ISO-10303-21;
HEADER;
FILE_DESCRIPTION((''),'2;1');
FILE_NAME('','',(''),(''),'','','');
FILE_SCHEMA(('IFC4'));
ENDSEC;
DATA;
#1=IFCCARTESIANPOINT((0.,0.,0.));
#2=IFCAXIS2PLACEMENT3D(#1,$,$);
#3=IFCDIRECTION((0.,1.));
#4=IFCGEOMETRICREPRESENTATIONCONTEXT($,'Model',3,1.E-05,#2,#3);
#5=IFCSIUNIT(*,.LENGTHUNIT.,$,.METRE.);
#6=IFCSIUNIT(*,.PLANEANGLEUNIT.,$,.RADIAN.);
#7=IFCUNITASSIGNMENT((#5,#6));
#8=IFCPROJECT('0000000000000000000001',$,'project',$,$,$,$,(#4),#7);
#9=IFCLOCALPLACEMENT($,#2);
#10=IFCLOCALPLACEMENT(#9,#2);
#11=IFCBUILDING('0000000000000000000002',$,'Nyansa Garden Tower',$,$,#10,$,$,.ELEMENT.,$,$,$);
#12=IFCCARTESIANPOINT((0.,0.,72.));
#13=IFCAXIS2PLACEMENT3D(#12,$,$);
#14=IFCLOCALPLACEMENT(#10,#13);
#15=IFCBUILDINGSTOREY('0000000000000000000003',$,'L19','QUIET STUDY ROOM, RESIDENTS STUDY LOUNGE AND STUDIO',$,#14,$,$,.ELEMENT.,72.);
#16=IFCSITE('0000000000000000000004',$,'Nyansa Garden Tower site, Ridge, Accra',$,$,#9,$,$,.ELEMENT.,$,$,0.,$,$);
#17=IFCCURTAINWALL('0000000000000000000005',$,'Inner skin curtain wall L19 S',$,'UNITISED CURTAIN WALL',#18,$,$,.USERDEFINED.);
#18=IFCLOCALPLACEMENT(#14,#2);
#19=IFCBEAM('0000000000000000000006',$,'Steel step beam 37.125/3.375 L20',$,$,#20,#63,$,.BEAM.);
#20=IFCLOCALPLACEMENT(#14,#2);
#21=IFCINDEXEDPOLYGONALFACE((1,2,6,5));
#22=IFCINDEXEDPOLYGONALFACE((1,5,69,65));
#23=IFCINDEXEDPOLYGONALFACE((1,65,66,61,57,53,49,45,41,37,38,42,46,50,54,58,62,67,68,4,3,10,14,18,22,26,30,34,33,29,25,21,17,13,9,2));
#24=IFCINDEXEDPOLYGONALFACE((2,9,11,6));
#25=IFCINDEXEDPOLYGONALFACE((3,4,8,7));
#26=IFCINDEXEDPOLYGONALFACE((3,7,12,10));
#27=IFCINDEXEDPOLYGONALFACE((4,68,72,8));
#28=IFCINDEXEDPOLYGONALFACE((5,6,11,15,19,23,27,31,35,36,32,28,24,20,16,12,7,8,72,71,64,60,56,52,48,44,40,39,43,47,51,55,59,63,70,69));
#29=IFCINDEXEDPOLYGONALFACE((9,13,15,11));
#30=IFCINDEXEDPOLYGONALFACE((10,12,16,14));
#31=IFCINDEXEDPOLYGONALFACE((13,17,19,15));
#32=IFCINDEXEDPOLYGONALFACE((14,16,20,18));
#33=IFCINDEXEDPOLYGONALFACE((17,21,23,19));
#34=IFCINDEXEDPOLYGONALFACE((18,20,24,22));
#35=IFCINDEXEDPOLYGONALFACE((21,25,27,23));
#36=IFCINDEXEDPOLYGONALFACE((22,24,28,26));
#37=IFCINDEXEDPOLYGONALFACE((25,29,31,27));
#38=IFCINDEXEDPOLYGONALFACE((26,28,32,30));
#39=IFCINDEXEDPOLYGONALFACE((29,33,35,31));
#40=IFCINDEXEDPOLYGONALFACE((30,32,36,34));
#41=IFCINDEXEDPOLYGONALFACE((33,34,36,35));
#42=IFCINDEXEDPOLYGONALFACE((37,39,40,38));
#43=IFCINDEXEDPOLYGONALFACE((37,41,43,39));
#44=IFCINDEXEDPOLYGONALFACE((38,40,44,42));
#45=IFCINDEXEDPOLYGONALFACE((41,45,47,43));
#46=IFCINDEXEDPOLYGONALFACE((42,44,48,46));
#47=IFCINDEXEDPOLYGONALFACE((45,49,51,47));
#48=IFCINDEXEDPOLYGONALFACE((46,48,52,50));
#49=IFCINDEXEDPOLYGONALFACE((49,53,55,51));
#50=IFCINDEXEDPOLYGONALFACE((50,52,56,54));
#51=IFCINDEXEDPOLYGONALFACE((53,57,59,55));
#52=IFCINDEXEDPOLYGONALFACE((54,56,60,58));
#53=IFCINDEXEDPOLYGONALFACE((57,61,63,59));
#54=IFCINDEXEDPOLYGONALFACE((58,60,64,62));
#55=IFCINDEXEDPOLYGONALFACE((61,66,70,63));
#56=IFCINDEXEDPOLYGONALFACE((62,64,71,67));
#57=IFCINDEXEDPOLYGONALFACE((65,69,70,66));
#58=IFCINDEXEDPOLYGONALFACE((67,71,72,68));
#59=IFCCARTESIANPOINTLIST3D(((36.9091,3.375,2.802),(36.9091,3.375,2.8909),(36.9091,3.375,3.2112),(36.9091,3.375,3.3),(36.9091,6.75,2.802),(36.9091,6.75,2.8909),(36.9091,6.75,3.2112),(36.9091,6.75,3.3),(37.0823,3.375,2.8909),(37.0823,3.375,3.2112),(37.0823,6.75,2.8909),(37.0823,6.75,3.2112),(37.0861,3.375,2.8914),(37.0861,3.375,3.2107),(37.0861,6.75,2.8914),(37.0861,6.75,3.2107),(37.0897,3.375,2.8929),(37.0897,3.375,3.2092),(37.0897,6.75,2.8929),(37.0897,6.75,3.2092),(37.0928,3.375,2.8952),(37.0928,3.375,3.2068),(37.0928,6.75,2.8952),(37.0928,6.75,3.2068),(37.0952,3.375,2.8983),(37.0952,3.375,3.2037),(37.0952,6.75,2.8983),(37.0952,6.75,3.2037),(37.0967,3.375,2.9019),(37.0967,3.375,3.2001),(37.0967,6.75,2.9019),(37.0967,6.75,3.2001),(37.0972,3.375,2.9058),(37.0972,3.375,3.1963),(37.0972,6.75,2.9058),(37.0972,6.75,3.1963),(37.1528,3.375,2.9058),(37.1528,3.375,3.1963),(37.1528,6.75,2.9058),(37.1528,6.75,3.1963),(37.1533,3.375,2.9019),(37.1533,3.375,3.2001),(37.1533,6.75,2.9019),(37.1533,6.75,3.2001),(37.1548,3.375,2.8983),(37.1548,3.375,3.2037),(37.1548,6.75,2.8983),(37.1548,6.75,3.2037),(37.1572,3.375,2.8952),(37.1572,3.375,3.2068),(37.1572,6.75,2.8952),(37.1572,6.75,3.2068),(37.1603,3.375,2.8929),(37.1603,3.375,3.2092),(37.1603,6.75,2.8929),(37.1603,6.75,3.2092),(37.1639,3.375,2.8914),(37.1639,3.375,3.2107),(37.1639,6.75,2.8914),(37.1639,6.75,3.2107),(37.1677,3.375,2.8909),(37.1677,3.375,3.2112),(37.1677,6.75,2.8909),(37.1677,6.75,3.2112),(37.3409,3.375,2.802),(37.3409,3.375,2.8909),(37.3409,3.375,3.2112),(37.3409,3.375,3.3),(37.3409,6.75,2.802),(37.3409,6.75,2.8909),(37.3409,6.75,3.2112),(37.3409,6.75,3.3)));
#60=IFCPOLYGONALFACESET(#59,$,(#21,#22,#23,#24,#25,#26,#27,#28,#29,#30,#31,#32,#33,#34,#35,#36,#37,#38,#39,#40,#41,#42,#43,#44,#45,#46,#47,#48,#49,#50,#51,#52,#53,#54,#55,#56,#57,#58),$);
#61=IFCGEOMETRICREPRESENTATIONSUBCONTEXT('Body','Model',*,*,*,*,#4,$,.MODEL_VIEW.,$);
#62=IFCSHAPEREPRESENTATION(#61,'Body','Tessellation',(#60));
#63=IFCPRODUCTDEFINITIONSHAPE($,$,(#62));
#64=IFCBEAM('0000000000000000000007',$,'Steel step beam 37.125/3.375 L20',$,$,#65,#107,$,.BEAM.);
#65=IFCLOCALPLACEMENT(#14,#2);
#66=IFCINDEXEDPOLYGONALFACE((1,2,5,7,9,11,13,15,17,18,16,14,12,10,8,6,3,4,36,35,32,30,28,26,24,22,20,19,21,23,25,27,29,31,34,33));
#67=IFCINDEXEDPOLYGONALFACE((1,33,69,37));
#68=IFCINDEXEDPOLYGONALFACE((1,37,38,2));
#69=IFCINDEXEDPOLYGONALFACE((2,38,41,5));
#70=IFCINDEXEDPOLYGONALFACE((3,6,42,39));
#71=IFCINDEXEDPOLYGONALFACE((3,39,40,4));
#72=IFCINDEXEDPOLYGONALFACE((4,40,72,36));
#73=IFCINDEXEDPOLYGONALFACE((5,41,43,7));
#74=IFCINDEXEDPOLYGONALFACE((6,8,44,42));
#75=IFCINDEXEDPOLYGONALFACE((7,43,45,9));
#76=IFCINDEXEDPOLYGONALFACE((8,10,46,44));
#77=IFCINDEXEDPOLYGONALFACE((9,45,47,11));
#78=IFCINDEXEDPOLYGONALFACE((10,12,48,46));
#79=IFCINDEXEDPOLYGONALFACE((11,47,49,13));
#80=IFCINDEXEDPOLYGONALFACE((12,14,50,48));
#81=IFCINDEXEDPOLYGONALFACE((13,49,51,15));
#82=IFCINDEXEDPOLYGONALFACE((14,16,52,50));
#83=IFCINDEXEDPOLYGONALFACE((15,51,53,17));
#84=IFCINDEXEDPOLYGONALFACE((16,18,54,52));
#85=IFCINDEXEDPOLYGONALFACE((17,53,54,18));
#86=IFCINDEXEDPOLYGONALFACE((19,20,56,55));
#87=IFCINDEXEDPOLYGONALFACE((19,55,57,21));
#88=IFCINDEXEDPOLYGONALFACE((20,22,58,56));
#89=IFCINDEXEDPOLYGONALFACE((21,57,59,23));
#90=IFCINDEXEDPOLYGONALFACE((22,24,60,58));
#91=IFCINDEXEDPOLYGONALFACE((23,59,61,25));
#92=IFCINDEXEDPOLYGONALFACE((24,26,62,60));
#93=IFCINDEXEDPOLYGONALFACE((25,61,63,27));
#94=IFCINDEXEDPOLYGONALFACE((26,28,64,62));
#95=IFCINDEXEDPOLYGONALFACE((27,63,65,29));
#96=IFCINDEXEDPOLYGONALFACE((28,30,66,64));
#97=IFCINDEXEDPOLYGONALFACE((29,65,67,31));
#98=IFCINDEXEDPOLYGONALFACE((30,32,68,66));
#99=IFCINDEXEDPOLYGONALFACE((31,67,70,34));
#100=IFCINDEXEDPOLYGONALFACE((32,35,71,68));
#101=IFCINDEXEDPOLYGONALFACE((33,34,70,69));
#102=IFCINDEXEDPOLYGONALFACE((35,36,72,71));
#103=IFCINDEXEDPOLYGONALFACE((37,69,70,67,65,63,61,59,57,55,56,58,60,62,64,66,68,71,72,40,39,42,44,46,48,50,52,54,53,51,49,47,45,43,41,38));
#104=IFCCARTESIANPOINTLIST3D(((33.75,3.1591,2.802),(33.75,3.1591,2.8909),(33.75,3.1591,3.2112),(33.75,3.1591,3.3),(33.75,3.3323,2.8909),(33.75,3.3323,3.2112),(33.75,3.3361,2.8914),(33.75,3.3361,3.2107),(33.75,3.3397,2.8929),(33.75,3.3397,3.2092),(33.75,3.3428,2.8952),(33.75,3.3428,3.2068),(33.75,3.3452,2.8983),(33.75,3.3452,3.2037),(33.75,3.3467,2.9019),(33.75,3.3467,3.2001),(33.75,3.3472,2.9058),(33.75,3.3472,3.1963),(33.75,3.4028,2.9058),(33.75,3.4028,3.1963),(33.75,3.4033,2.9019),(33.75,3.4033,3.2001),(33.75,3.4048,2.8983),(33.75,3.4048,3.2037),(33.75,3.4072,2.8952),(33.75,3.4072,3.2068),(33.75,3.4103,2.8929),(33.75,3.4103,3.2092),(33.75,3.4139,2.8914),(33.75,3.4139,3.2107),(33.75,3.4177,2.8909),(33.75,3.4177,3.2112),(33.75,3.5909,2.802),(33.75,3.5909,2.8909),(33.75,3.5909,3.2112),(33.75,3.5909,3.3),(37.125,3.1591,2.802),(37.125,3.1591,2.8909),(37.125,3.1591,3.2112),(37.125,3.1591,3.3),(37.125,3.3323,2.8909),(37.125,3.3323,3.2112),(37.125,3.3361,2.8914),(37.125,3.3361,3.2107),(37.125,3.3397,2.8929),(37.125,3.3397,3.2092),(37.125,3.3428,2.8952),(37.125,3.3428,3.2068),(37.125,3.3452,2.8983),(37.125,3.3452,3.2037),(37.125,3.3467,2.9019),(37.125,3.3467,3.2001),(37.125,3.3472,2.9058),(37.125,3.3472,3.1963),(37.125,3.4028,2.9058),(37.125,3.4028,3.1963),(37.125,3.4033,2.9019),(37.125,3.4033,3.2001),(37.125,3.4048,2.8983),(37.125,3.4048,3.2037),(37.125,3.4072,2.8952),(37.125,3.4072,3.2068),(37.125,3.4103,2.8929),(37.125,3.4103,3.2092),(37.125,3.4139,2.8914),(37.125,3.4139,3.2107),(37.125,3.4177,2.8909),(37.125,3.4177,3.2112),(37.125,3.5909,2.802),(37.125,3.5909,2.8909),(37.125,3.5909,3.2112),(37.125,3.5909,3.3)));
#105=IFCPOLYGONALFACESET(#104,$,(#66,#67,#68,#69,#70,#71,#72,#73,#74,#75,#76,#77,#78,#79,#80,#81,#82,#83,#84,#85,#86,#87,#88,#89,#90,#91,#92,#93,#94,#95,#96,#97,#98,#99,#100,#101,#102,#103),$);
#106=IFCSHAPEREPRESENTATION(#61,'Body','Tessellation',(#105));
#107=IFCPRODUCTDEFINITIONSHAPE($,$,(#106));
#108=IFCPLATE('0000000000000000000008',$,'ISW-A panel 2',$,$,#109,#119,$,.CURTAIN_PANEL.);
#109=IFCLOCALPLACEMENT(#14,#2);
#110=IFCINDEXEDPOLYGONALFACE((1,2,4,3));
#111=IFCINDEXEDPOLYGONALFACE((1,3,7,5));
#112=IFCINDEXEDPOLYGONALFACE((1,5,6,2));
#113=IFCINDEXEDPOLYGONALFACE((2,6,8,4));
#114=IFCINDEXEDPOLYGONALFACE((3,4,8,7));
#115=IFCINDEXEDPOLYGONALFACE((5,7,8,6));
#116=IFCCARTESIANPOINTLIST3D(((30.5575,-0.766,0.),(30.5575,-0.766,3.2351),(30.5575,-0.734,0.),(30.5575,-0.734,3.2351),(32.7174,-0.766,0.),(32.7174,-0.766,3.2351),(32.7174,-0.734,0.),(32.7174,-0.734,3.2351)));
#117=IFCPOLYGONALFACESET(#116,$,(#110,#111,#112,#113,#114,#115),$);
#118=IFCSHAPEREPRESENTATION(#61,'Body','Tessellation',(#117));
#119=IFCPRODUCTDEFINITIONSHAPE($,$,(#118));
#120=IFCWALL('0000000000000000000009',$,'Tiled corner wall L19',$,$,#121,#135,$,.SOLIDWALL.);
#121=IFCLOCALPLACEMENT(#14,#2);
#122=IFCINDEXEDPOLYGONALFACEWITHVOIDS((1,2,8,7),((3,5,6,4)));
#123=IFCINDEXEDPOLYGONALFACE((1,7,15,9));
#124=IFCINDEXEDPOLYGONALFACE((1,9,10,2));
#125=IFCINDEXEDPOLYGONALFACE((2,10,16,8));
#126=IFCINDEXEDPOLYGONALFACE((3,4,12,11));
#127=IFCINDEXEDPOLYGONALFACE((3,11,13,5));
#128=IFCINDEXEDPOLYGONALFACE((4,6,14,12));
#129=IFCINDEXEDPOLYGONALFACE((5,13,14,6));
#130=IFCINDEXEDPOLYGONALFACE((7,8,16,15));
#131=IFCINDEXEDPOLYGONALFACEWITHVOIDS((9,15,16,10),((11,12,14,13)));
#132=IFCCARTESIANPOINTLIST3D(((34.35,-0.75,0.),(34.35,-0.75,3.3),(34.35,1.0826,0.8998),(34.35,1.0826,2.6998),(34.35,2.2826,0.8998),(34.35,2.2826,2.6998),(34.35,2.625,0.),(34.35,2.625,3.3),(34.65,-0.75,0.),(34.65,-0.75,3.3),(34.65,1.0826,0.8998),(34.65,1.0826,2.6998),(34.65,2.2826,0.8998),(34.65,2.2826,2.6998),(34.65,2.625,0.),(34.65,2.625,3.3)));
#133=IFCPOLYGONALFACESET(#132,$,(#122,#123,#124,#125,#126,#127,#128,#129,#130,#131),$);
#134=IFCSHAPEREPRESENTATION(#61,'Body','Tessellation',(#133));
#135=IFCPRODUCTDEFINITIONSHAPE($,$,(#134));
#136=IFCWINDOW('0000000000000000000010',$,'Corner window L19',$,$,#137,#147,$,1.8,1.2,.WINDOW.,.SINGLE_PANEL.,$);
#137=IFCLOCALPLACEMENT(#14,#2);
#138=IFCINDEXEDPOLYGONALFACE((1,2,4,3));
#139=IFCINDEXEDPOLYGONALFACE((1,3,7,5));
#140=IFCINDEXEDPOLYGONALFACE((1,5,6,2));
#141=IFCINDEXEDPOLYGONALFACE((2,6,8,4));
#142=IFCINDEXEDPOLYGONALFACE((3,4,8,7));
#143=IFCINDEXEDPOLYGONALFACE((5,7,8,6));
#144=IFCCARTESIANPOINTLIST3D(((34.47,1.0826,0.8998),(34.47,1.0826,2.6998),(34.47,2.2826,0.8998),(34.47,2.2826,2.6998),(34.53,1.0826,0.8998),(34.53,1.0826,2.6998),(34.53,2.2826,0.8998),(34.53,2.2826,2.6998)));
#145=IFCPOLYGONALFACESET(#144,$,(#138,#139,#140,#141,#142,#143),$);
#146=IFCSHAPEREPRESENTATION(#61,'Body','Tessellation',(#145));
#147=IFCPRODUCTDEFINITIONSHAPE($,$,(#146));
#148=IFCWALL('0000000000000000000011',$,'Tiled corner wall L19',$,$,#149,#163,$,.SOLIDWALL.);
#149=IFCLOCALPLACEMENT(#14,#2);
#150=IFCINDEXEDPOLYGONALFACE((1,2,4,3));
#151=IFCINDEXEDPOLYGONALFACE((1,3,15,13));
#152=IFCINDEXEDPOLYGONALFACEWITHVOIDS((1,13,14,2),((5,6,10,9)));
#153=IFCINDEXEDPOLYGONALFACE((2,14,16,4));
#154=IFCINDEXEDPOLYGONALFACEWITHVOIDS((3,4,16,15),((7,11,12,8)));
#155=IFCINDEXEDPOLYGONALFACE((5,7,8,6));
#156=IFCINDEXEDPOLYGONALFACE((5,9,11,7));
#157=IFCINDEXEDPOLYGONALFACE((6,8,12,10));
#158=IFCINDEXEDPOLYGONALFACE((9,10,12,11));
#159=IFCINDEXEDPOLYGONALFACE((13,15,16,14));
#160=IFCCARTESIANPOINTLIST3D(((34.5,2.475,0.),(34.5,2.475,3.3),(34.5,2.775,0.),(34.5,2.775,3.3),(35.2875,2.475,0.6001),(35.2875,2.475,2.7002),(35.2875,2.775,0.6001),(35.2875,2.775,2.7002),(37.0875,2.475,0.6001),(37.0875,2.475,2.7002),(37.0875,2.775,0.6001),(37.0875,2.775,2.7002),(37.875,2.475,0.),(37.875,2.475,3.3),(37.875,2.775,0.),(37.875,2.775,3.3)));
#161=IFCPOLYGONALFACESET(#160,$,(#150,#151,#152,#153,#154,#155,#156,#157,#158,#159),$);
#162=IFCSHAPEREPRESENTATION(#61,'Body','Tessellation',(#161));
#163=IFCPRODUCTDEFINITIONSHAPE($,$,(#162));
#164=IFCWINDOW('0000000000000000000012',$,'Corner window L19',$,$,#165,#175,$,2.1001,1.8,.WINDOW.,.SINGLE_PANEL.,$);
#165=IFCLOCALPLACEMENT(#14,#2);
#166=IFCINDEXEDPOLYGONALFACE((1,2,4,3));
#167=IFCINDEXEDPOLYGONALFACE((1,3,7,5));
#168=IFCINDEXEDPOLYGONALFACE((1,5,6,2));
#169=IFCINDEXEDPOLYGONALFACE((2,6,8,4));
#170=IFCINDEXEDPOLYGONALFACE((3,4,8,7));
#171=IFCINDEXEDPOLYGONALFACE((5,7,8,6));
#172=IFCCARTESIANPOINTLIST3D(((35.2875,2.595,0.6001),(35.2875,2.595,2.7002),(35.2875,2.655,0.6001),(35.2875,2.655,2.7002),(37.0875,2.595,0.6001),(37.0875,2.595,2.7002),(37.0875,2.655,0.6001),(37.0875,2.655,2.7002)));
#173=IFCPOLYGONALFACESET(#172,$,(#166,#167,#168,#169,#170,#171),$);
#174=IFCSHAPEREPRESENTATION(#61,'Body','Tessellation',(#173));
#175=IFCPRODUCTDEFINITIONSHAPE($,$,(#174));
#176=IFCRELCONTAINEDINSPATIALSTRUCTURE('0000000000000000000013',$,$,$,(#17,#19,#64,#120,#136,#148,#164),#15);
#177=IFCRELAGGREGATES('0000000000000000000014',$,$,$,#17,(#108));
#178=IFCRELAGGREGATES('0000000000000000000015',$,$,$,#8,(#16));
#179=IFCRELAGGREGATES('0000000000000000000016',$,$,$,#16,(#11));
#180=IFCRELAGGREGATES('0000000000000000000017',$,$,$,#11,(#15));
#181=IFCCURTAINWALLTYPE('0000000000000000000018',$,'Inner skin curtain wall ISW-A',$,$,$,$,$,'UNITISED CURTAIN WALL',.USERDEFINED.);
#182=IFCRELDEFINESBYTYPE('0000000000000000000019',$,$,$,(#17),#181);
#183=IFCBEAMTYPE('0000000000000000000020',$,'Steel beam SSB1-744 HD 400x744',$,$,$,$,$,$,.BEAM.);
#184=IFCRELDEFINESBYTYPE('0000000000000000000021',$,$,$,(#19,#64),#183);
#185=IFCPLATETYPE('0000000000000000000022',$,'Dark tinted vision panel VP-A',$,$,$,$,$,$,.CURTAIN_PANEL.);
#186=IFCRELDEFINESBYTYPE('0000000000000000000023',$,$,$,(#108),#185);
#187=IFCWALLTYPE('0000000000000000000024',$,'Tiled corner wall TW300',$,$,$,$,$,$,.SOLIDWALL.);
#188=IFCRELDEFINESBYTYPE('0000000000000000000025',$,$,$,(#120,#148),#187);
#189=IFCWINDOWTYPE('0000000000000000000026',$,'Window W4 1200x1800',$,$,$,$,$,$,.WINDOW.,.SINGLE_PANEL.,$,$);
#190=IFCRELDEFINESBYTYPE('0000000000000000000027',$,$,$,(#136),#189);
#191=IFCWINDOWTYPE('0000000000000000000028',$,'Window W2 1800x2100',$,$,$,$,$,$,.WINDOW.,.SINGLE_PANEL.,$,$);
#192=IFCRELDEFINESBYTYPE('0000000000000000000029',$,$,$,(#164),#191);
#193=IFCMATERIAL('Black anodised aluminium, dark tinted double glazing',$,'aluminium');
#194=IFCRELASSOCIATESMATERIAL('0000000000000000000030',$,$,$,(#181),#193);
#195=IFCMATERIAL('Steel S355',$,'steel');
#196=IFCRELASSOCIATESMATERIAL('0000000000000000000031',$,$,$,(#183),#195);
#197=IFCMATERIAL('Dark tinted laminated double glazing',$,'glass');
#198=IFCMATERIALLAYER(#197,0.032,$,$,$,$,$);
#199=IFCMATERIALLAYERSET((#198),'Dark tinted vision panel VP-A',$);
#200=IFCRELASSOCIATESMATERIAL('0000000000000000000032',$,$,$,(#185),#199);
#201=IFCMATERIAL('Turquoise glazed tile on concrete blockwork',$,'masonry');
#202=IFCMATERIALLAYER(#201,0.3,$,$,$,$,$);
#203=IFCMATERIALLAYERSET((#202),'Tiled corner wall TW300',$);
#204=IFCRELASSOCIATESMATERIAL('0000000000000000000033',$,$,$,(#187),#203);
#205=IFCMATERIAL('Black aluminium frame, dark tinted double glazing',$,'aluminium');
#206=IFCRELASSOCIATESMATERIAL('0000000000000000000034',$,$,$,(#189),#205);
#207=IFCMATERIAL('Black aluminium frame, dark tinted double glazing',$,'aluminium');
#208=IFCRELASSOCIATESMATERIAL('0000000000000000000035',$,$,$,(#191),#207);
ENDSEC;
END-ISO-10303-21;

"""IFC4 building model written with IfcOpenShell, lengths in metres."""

from ifc_helpers import new_model, si_unit, direction, frame, frame_2d, origin, origin_2d, place, context, subcontext, project, spatial, rectangle, i_section, extrude, material, layer, layer_set, material_profile, profile_set, type_object, element, fill, aggregate, save


model = new_model("IFC4")

# Units and contexts
model_context = context("Model", 3, precision=1e-05, world=origin(), true_north=direction((0.0, 1.0)))
body_context = subcontext(model_context, "Body", "Model", "MODEL_VIEW")
ifc_project = project(units=[si_unit("LENGTHUNIT", "METRE"), si_unit("PLANEANGLEUNIT", "RADIAN")], contexts=[model_context])

# Site, building, storey
site_placement = place(None, origin())
site = spatial("IfcSite", under=ifc_project, at=site_placement, Name="Nyansa Garden Tower site, Ridge, Accra", CompositionType="ELEMENT", RefElevation=0.0)
building_placement = place(site_placement, origin())
building = spatial("IfcBuilding", under=site, at=building_placement, Name="Nyansa Garden Tower", CompositionType="ELEMENT")
storey_placement = place(building_placement, frame((0.0, 0.0, 72.0)))
storey = spatial("IfcBuildingStorey", under=building, at=storey_placement, Name="L19", Description="QUIET STUDY ROOM, RESIDENTS STUDY LOUNGE AND STUDIO", CompositionType="ELEMENT", Elevation=72.0)

# Curtain wall
ifc_material_1 = material(Name="Black anodised aluminium, dark tinted double glazing", Category="aluminium")
curtain_wall_type = type_object("IfcCurtainWallType", Name="Inner skin curtain wall ISW-A", ElementType="UNITISED CURTAIN WALL", PredefinedType="USERDEFINED", material=ifc_material_1)
curtain_wall_placement = place(storey_placement, origin())
curtain_wall = element("IfcCurtainWall", 1, at=curtain_wall_placement, inside=storey, type_object=curtain_wall_type, Name="Inner skin curtain wall L19 S", ObjectType="UNITISED CURTAIN WALL", PredefinedType="USERDEFINED")

# Beams
ifc_material_2 = material(Name="Steel S355", Category="steel")
ifc_material_profile_1 = material_profile(ifc_material_2, i_section(OverallWidth=0.4319, OverallDepth=0.498, WebThickness=0.0557, FlangeThickness=0.0889, FilletRadius=0.0149, at=origin_2d()), Name="HD 400x744")
ifc_profile_set_1 = profile_set([ifc_material_profile_1], Name="Steel S355")
beam_type_1 = type_object("IfcBeamType", Name="Steel beam SSB1-744 HD 400x744", PredefinedType="BEAM", material=ifc_profile_set_1)
for number, where, z_axis, x_axis, name in (
    (2, (37.125, 3.375, 3.051), (0.0, 1.0, 0.0), (-1.0, 0.0, 0.0), "Steel step beam 37.125/3.375 L20"),
    (3, (37.125, 3.375, 3.051), (-1.0, 0.0, 0.0), (0.0, -1.0, 0.0), "Steel step beam 37.125/3.375 L20"),
):
    element("IfcBeam", number, at=place(storey_placement, frame(where, z_axis=z_axis, x_axis=x_axis)), inside=storey, type_object=beam_type_1, Name=name, PredefinedType="BEAM", context=body_context, shape_type="SweptSolid", body=[
        extrude(i_section(OverallWidth=0.4319, OverallDepth=0.498, WebThickness=0.0557, FlangeThickness=0.0889, FilletRadius=0.0149, at=origin_2d()), origin(), (0.0, 0.0, 1.0), 3.375),
    ])

# Plate
ifc_material_3 = material(Name="Dark tinted laminated double glazing", Category="glass")
ifc_layer_1 = layer(ifc_material_3, 0.032)
ifc_layer_set_1 = layer_set([ifc_layer_1], Name="Dark tinted vision panel VP-A")
plate_type = type_object("IfcPlateType", Name="Dark tinted vision panel VP-A", PredefinedType="CURTAIN_PANEL", material=ifc_layer_set_1)
plate_placement = place(storey_placement, frame((31.6375, -0.75, 0.0), z_axis=(0.0, 0.0, 1.0), x_axis=(1.0, 0.0, 0.0)))
plate = element("IfcPlate", 4, at=plate_placement, type_object=plate_type, Name="ISW-A panel 2", PredefinedType="CURTAIN_PANEL", context=body_context, shape_type="SweptSolid", body=[
    extrude(rectangle(XDim=2.1599, YDim=0.032, at=origin_2d()), origin(), (0.0, 0.0, 1.0), 3.2351),
])
aggregate(curtain_wall, [plate])

# Walls, openings, windows
ifc_material_4 = material(Name="Turquoise glazed tile on concrete blockwork", Category="masonry")
ifc_layer_2 = layer(ifc_material_4, 0.3)
ifc_layer_set_2 = layer_set([ifc_layer_2], Name="Tiled corner wall TW300")
wall_type = type_object("IfcWallType", Name="Tiled corner wall TW300", PredefinedType="SOLIDWALL", material=ifc_layer_set_2)
wall_1_placement = place(storey_placement, frame((34.5, -0.75, 0.0), z_axis=(0.0, 0.0, 1.0), x_axis=(0.0, 1.0, 0.0)))
wall_1 = element("IfcWall", 5, at=wall_1_placement, inside=storey, type_object=wall_type, Name="Tiled corner wall L19", PredefinedType="SOLIDWALL", context=body_context, shape_type="SweptSolid", body=[
    extrude(rectangle(XDim=3.375, YDim=0.3, at=frame_2d((1.6875, 0.0))), origin(), (0.0, 0.0, 1.0), 3.3),
])
opening_1_placement = place(wall_1_placement, frame((1.8325, 0.0, 0.8999)))
opening_1 = element("IfcOpeningElement", 6, at=opening_1_placement, cuts=wall_1, PredefinedType="OPENING", context=body_context, shape_type="SweptSolid", body=[
    extrude(rectangle(XDim=1.2, YDim=1.8, at=frame_2d((0.6001, 0.8999))), frame((0.0, 0.1599, 0.0), z_axis=(0.0, -1.0, 0.0), x_axis=(1.0, 0.0, 0.0)), (0.0, 0.0, 1.0), 0.3201),
])
ifc_material_5 = material(Name="Black aluminium frame, dark tinted double glazing", Category="aluminium")
window_type_1 = type_object("IfcWindowType", Name="Window W4 1200x1800", PartitioningType="SINGLE_PANEL", PredefinedType="WINDOW", material=ifc_material_5)
window_1_placement = place(opening_1_placement, origin())
window_1 = element("IfcWindow", 7, at=window_1_placement, inside=storey, type_object=window_type_1, Name="Corner window L19", OverallHeight=1.8, OverallWidth=1.2, PartitioningType="SINGLE_PANEL", PredefinedType="WINDOW", context=body_context, shape_type="SweptSolid", body=[
    extrude(rectangle(XDim=1.2, YDim=1.8, at=frame_2d((0.6001, 0.8999))), frame((0.0, 0.03, 0.0), z_axis=(0.0, -1.0, 0.0), x_axis=(1.0, 0.0, 0.0)), (0.0, 0.0, 1.0), 0.0601),
])
fill(opening_1, window_1)
wall_2_placement = place(storey_placement, frame((34.5, 2.625, 0.0), z_axis=(0.0, 0.0, 1.0), x_axis=(1.0, 0.0, 0.0)))
wall_2 = element("IfcWall", 8, at=wall_2_placement, inside=storey, type_object=wall_type, Name="Tiled corner wall L19", PredefinedType="SOLIDWALL", context=body_context, shape_type="SweptSolid", body=[
    extrude(rectangle(XDim=3.375, YDim=0.3, at=frame_2d((1.6875, 0.0))), origin(), (0.0, 0.0, 1.0), 3.3),
])
opening_2_placement = place(wall_2_placement, frame((0.7876, 0.0, 0.6001)))
opening_2 = element("IfcOpeningElement", 9, at=opening_2_placement, cuts=wall_2, PredefinedType="OPENING", context=body_context, shape_type="SweptSolid", body=[
    extrude(rectangle(XDim=1.8, YDim=2.1001, at=frame_2d((0.8999, 1.05))), frame((0.0, 0.1599, 0.0), z_axis=(0.0, -1.0, 0.0), x_axis=(1.0, 0.0, 0.0)), (0.0, 0.0, 1.0), 0.3201),
])
ifc_material_6 = material(Name="Black aluminium frame, dark tinted double glazing", Category="aluminium")
window_type_2 = type_object("IfcWindowType", Name="Window W2 1800x2100", PartitioningType="SINGLE_PANEL", PredefinedType="WINDOW", material=ifc_material_6)
window_2_placement = place(opening_2_placement, origin())
window_2 = element("IfcWindow", 10, at=window_2_placement, inside=storey, type_object=window_type_2, Name="Corner window L19", OverallHeight=2.1001, OverallWidth=1.8, PartitioningType="SINGLE_PANEL", PredefinedType="WINDOW", context=body_context, shape_type="SweptSolid", body=[
    extrude(rectangle(XDim=1.8, YDim=2.1001, at=frame_2d((0.8999, 1.05))), frame((0.0, 0.03, 0.0), z_axis=(0.0, -1.0, 0.0), x_axis=(1.0, 0.0, 0.0)), (0.0, 0.0, 1.0), 0.0601),
])
fill(opening_2, window_2)

save(model, "model.ifc")
